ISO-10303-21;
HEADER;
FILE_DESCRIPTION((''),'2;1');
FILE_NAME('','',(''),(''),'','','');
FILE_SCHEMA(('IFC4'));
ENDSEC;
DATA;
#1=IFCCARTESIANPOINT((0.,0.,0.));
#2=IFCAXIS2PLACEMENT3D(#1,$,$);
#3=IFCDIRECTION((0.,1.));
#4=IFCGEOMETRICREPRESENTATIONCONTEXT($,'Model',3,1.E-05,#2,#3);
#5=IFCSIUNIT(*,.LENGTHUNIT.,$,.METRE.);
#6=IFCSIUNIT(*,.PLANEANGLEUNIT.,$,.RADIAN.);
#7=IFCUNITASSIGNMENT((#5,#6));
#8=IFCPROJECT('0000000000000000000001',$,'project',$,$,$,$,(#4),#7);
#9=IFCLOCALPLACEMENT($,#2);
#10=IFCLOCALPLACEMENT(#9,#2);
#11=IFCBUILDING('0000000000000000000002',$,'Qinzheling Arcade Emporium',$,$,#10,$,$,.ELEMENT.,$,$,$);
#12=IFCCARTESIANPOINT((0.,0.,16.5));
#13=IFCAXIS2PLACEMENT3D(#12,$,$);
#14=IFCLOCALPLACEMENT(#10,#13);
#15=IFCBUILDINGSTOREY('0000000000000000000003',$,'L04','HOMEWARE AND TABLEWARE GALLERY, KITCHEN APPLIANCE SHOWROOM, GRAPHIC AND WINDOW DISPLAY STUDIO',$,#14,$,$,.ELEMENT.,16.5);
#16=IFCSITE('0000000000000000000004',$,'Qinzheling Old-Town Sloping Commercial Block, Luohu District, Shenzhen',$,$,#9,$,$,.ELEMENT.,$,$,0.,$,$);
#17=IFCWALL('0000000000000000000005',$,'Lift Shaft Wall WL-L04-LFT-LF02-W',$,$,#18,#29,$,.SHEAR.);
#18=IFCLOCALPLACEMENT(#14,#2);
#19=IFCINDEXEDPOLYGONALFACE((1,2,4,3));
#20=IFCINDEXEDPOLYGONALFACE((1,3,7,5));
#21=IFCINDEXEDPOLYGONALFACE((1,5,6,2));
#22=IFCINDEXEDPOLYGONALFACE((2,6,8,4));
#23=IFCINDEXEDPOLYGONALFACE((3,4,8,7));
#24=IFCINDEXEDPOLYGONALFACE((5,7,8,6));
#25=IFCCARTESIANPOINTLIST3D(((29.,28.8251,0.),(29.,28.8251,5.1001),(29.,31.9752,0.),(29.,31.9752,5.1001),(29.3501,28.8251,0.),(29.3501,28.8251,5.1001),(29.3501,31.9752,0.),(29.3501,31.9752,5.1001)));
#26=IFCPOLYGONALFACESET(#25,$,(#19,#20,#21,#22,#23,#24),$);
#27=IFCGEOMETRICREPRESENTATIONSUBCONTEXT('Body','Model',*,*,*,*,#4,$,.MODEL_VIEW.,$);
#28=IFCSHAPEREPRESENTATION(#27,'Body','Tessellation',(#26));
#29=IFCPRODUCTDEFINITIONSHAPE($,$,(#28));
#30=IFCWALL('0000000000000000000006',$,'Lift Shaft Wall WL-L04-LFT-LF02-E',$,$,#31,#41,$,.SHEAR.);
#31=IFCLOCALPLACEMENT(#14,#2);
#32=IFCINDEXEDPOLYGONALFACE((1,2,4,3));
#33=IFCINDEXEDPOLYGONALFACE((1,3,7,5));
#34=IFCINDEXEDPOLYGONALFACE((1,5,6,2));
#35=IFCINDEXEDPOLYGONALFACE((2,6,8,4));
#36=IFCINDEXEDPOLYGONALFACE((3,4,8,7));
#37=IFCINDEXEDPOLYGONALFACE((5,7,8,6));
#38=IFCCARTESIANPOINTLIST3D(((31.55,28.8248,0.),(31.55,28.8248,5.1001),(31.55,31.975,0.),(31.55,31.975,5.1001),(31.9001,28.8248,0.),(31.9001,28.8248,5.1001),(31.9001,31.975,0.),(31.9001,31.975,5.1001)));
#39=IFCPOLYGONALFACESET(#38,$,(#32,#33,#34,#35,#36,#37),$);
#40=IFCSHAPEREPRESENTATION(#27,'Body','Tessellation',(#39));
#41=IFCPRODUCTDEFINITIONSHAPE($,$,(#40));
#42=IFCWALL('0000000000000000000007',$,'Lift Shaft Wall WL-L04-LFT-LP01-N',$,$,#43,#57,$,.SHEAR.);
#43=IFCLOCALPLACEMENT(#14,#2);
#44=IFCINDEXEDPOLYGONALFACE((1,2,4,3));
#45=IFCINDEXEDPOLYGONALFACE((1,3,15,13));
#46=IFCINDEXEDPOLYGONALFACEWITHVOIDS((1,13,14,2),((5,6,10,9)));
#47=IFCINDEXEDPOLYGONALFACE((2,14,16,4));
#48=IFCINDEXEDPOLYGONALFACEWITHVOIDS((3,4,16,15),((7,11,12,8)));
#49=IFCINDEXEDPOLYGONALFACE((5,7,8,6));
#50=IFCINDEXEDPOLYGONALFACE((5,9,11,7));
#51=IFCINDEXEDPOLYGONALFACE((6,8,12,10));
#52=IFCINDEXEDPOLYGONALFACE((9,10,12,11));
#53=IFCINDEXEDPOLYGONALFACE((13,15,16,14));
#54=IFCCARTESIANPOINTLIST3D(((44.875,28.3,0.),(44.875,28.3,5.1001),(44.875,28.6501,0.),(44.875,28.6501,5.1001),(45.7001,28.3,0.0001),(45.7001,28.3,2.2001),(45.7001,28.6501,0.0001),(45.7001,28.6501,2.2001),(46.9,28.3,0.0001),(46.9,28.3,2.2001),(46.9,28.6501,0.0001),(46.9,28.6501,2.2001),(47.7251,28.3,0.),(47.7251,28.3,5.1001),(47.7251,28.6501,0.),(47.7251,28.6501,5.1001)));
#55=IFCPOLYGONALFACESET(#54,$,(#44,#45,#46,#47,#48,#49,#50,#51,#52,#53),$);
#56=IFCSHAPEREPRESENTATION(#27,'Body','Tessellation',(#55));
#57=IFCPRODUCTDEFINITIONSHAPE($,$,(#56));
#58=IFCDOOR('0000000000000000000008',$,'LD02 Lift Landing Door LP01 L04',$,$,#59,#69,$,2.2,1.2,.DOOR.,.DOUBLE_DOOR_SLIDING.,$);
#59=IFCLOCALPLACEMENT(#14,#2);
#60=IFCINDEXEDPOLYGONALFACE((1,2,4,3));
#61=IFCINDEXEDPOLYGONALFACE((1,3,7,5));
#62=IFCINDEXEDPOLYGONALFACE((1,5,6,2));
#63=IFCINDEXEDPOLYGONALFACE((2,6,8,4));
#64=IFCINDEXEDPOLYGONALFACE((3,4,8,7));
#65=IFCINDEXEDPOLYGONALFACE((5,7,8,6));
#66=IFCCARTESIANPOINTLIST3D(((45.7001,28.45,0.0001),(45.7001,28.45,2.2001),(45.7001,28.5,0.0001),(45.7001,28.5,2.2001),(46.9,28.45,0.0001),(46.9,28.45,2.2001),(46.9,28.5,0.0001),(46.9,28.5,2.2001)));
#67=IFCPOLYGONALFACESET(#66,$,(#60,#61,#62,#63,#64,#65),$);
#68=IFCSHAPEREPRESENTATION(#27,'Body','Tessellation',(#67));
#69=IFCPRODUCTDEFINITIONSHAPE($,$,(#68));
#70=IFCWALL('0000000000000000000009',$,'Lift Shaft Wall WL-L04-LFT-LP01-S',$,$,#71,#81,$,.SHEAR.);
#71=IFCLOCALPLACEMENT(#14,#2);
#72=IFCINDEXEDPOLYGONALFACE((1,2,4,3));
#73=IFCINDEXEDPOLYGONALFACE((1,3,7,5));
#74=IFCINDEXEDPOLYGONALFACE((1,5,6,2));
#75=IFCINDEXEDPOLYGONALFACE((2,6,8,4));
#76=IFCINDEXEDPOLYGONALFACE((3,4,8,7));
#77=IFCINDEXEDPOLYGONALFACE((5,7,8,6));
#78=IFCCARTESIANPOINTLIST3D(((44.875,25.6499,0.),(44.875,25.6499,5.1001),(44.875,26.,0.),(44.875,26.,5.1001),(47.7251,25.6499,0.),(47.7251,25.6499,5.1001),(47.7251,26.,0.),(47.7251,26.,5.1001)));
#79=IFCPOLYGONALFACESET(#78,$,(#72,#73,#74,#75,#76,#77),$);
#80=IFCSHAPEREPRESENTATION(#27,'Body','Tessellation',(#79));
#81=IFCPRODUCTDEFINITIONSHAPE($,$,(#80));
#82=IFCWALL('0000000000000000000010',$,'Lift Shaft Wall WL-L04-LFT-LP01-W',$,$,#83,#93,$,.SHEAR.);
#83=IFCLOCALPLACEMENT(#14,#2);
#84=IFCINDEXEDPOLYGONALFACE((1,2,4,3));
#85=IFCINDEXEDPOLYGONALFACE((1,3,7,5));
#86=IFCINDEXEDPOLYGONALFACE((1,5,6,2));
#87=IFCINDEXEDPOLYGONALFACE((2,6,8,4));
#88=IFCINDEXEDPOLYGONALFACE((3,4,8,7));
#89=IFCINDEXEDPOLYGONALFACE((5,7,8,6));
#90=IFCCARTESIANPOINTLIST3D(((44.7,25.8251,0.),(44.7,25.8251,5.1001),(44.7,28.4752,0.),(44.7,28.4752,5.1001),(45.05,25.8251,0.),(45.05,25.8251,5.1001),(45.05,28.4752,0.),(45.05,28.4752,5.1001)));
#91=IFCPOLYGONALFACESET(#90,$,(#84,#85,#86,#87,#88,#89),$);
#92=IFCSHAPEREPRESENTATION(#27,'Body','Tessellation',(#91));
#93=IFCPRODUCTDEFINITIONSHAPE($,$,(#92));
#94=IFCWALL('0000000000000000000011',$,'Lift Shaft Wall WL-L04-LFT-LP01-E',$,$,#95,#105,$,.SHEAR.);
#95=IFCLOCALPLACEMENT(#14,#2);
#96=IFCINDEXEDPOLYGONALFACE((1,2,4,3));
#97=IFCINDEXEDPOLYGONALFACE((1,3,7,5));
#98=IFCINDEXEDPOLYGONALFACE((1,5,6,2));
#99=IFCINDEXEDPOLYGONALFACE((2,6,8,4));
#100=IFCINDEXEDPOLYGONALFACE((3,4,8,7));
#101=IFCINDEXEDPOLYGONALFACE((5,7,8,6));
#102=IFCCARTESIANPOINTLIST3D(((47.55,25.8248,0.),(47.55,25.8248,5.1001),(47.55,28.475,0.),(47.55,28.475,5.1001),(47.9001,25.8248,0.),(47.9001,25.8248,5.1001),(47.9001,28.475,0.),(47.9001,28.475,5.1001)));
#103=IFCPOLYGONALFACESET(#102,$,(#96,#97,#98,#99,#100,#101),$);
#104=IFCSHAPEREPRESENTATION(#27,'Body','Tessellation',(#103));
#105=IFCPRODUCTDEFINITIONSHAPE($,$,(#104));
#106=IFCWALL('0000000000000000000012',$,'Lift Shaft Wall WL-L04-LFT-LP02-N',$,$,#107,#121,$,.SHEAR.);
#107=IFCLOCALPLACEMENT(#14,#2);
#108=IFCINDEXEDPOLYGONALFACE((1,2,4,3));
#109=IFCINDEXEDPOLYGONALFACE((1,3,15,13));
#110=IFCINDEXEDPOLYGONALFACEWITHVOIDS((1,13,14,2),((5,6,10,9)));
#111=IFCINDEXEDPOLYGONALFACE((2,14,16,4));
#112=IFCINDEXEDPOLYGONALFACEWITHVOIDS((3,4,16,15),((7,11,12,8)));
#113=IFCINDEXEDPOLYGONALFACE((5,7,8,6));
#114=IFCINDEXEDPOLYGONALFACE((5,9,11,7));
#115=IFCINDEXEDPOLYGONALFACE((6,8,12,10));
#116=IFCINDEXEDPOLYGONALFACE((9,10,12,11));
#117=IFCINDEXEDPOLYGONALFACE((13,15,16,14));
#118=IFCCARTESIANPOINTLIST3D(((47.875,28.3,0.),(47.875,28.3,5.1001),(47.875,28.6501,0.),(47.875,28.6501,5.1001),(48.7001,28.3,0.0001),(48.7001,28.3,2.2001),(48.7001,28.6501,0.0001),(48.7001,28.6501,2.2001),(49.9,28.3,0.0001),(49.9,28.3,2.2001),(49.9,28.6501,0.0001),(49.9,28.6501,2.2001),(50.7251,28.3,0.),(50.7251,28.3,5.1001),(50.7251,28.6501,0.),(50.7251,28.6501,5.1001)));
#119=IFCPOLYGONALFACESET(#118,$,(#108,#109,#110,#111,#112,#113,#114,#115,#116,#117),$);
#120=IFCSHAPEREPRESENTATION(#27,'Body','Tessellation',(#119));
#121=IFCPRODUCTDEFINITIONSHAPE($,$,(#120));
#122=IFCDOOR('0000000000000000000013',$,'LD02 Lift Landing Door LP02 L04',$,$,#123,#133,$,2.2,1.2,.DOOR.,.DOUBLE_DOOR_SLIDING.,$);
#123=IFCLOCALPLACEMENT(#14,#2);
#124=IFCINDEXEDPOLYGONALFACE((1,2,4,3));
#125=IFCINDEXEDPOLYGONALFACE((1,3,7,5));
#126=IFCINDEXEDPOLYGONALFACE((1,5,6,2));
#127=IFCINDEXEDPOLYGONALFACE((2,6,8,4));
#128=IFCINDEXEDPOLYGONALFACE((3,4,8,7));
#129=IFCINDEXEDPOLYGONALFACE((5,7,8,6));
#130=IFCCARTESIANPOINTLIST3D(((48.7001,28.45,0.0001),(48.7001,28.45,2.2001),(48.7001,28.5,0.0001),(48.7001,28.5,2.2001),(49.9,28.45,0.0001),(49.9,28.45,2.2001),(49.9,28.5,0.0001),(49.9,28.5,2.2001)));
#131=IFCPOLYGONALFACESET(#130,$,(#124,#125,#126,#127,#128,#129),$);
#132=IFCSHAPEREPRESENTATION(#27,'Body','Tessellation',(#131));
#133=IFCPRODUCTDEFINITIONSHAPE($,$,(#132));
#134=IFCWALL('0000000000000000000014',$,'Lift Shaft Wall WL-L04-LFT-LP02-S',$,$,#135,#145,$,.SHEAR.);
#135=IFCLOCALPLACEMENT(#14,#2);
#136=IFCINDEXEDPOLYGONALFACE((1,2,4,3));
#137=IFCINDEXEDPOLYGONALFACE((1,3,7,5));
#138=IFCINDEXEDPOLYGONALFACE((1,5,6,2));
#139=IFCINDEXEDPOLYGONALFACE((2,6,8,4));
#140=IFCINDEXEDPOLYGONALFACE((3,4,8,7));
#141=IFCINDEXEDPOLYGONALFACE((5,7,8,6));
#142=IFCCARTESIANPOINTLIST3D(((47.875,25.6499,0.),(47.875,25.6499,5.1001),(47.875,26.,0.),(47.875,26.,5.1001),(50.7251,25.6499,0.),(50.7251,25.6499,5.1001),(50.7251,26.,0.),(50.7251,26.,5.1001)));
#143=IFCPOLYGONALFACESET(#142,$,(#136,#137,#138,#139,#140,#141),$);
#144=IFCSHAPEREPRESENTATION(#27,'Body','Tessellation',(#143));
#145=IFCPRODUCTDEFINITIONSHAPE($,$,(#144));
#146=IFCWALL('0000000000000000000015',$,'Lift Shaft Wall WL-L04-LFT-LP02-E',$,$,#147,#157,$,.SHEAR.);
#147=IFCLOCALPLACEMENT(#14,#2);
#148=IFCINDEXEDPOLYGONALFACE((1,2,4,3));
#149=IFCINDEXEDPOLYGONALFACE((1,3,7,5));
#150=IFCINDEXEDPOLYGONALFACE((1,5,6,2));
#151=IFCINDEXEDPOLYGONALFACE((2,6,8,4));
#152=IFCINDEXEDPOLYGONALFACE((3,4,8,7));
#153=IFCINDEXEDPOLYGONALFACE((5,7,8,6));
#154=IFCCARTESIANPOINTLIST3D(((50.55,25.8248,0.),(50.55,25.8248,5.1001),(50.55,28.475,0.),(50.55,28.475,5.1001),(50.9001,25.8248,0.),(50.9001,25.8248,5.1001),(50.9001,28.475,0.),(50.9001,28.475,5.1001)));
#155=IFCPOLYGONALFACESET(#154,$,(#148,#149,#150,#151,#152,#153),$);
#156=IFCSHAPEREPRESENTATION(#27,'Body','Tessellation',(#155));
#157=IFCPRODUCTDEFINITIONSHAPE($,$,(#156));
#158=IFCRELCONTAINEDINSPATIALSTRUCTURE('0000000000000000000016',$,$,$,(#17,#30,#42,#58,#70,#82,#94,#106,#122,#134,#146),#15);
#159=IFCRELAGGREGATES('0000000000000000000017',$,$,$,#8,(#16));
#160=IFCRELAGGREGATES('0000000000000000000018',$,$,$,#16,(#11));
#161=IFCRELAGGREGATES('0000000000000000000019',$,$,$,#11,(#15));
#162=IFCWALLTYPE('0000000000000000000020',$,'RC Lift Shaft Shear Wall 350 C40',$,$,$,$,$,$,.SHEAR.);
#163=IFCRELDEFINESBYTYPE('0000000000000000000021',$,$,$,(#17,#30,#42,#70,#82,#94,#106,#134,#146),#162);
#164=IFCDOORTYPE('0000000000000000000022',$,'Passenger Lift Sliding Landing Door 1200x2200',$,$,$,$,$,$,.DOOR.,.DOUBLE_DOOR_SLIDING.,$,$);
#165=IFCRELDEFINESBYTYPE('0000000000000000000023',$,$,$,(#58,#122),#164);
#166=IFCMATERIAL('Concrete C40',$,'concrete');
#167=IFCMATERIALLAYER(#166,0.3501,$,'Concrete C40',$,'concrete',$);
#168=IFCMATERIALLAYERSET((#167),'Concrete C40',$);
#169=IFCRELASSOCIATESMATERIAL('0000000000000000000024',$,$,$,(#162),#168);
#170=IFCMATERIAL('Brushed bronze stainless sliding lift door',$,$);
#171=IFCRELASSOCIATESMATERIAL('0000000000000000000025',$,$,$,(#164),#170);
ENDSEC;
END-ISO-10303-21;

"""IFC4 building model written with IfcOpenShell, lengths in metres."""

from ifc_helpers import new_model, si_unit, direction, frame, frame_2d, origin, place, context, subcontext, project, spatial, rectangle, extrude, material, layer, layer_set, type_object, element, fill, save


model = new_model("IFC4")

# Units and contexts
model_context = context("Model", 3, precision=1e-05, world=origin(), true_north=direction((0.0, 1.0)))
body_context = subcontext(model_context, "Body", "Model", "MODEL_VIEW")
ifc_project = project(units=[si_unit("LENGTHUNIT", "METRE"), si_unit("PLANEANGLEUNIT", "RADIAN")], contexts=[model_context])

# Site, building, storey
site_placement = place(None, origin())
site = spatial("IfcSite", under=ifc_project, at=site_placement, Name="Qinzheling Old-Town Sloping Commercial Block, Luohu District, Shenzhen", CompositionType="ELEMENT", RefElevation=0.0)
building_placement = place(site_placement, origin())
building = spatial("IfcBuilding", under=site, at=building_placement, Name="Qinzheling Arcade Emporium", CompositionType="ELEMENT")
storey_placement = place(building_placement, frame((0.0, 0.0, 16.5)))
storey = spatial("IfcBuildingStorey", under=building, at=storey_placement, Name="L04", Description="HOMEWARE AND TABLEWARE GALLERY, KITCHEN APPLIANCE SHOWROOM, GRAPHIC AND WINDOW DISPLAY STUDIO", CompositionType="ELEMENT", Elevation=16.5)

# Shared definitions
ifc_material_1 = material(Name="Concrete C40", Category="concrete")

# Shared definitions
ifc_layer_1 = layer(ifc_material_1, 0.3501, Name="Concrete C40", Category="concrete")
ifc_layer_set_1 = layer_set([ifc_layer_1], Name="Concrete C40")
wall_type_1 = type_object("IfcWallType", Name="RC Lift Shaft Shear Wall 350 C40", PredefinedType="SHEAR", material=ifc_layer_set_1)

# Walls
for number, where, z_axis, x_axis, name in (
    (1, (29.175, 28.825, 0.0), (0.0, 0.0, 1.0), (0.0, 1.0, 0.0), "Lift Shaft Wall WL-L04-LFT-LF02-W"),
    (2, (31.7251, 31.9751, 0.0), (0.0, 0.0, 1.0), (0.0, -1.0, 0.0), "Lift Shaft Wall WL-L04-LFT-LF02-E"),
):
    element("IfcWall", number, at=place(storey_placement, frame(where, z_axis=z_axis, x_axis=x_axis)), inside=storey, type_object=wall_type_1, Name=name, PredefinedType="SHEAR", context=body_context, shape_type="SweptSolid", body=[
        extrude(rectangle(XDim=3.1501, YDim=0.3501, at=frame_2d((1.5752, 0.0))), origin(), (0.0, 0.0, 1.0), 5.1001),
    ])

# Wall, opening, door
wall_1_placement = place(storey_placement, frame((44.875, 28.4751, 0.0), z_axis=(0.0, 0.0, 1.0), x_axis=(1.0, 0.0, 0.0)))
wall_1 = element("IfcWall", 3, at=wall_1_placement, inside=storey, type_object=wall_type_1, Name="Lift Shaft Wall WL-L04-LFT-LP01-N", PredefinedType="SHEAR", context=body_context, shape_type="SweptSolid", body=[
    extrude(rectangle(XDim=2.8501, YDim=0.3501, at=frame_2d((1.425, 0.0))), origin(), (0.0, 0.0, 1.0), 5.1001),
])
opening_1_placement = place(wall_1_placement, frame((0.825, 0.0, 0.0)))
opening_1 = element("IfcOpeningElement", 4, at=opening_1_placement, cuts=wall_1, PredefinedType="OPENING", context=body_context, shape_type="SweptSolid", body=[
    extrude(rectangle(XDim=1.2, YDim=2.2, at=frame_2d((0.6001, 1.1001))), frame((0.0, 0.1851, 0.0), z_axis=(0.0, -1.0, 0.0), x_axis=(1.0, 0.0, 0.0)), (0.0, 0.0, 1.0), 0.3701),
])
ifc_material_2 = material(Name="Brushed bronze stainless sliding lift door")
door_type_1 = type_object("IfcDoorType", Name="Passenger Lift Sliding Landing Door 1200x2200", OperationType="DOUBLE_DOOR_SLIDING", PredefinedType="DOOR", material=ifc_material_2)
door_1_placement = place(opening_1_placement, origin())
door_1 = element("IfcDoor", 5, at=door_1_placement, inside=storey, type_object=door_type_1, Name="LD02 Lift Landing Door LP01 L04", OperationType="DOUBLE_DOOR_SLIDING", OverallHeight=2.2, OverallWidth=1.2, PredefinedType="DOOR", context=body_context, shape_type="SweptSolid", body=[
    extrude(rectangle(XDim=1.2, YDim=2.2, at=frame_2d((0.6001, 1.1001))), frame((0.0, 0.0249, 0.0), z_axis=(0.0, -1.0, 0.0), x_axis=(1.0, 0.0, 0.0)), (0.0, 0.0, 1.0), 0.05),
])
fill(opening_1, door_1)

# Walls
wall_2_placement = place(storey_placement, frame((47.7251, 25.825, 0.0), z_axis=(0.0, 0.0, 1.0), x_axis=(-1.0, 0.0, 0.0)))
element("IfcWall", 6, at=wall_2_placement, inside=storey, type_object=wall_type_1, Name="Lift Shaft Wall WL-L04-LFT-LP01-S", PredefinedType="SHEAR", context=body_context, shape_type="SweptSolid", body=[
    extrude(rectangle(XDim=2.8501, YDim=0.3501, at=frame_2d((1.425, 0.0))), origin(), (0.0, 0.0, 1.0), 5.1001),
])
for number, where, z_axis, x_axis, name in (
    (7, (44.875, 25.825, 0.0), (0.0, 0.0, 1.0), (0.0, 1.0, 0.0), "Lift Shaft Wall WL-L04-LFT-LP01-W"),
    (8, (47.7251, 28.4751, 0.0), (0.0, 0.0, 1.0), (0.0, -1.0, 0.0), "Lift Shaft Wall WL-L04-LFT-LP01-E"),
):
    element("IfcWall", number, at=place(storey_placement, frame(where, z_axis=z_axis, x_axis=x_axis)), inside=storey, type_object=wall_type_1, Name=name, PredefinedType="SHEAR", context=body_context, shape_type="SweptSolid", body=[
        extrude(rectangle(XDim=2.6501, YDim=0.3501, at=frame_2d((1.3252, 0.0))), origin(), (0.0, 0.0, 1.0), 5.1001),
    ])

# Wall, opening, door
wall_3_placement = place(storey_placement, frame((47.875, 28.4751, 0.0), z_axis=(0.0, 0.0, 1.0), x_axis=(1.0, 0.0, 0.0)))
wall_3 = element("IfcWall", 9, at=wall_3_placement, inside=storey, type_object=wall_type_1, Name="Lift Shaft Wall WL-L04-LFT-LP02-N", PredefinedType="SHEAR", context=body_context, shape_type="SweptSolid", body=[
    extrude(rectangle(XDim=2.8501, YDim=0.3501, at=frame_2d((1.425, 0.0))), origin(), (0.0, 0.0, 1.0), 5.1001),
])
opening_2_placement = place(wall_3_placement, frame((0.825, 0.0, 0.0)))
opening_2 = element("IfcOpeningElement", 10, at=opening_2_placement, cuts=wall_3, PredefinedType="OPENING", context=body_context, shape_type="SweptSolid", body=[
    extrude(rectangle(XDim=1.2, YDim=2.2, at=frame_2d((0.6001, 1.1001))), frame((0.0, 0.1851, 0.0), z_axis=(0.0, -1.0, 0.0), x_axis=(1.0, 0.0, 0.0)), (0.0, 0.0, 1.0), 0.3701),
])
door_2_placement = place(opening_2_placement, origin())
door_2 = element("IfcDoor", 11, at=door_2_placement, inside=storey, type_object=door_type_1, Name="LD02 Lift Landing Door LP02 L04", OperationType="DOUBLE_DOOR_SLIDING", OverallHeight=2.2, OverallWidth=1.2, PredefinedType="DOOR", context=body_context, shape_type="SweptSolid", body=[
    extrude(rectangle(XDim=1.2, YDim=2.2, at=frame_2d((0.6001, 1.1001))), frame((0.0, 0.0249, 0.0), z_axis=(0.0, -1.0, 0.0), x_axis=(1.0, 0.0, 0.0)), (0.0, 0.0, 1.0), 0.05),
])
fill(opening_2, door_2)

# Walls
wall_4_placement = place(storey_placement, frame((50.7251, 25.825, 0.0), z_axis=(0.0, 0.0, 1.0), x_axis=(-1.0, 0.0, 0.0)))
element("IfcWall", 12, at=wall_4_placement, inside=storey, type_object=wall_type_1, Name="Lift Shaft Wall WL-L04-LFT-LP02-S", PredefinedType="SHEAR", context=body_context, shape_type="SweptSolid", body=[
    extrude(rectangle(XDim=2.8501, YDim=0.3501, at=frame_2d((1.425, 0.0))), origin(), (0.0, 0.0, 1.0), 5.1001),
])
wall_5_placement = place(storey_placement, frame((50.7251, 28.4751, 0.0), z_axis=(0.0, 0.0, 1.0), x_axis=(0.0, -1.0, 0.0)))
element("IfcWall", 13, at=wall_5_placement, inside=storey, type_object=wall_type_1, Name="Lift Shaft Wall WL-L04-LFT-LP02-E", PredefinedType="SHEAR", context=body_context, shape_type="SweptSolid", body=[
    extrude(rectangle(XDim=2.6501, YDim=0.3501, at=frame_2d((1.3252, 0.0))), origin(), (0.0, 0.0, 1.0), 5.1001),
])

save(model, "model.ifc")
